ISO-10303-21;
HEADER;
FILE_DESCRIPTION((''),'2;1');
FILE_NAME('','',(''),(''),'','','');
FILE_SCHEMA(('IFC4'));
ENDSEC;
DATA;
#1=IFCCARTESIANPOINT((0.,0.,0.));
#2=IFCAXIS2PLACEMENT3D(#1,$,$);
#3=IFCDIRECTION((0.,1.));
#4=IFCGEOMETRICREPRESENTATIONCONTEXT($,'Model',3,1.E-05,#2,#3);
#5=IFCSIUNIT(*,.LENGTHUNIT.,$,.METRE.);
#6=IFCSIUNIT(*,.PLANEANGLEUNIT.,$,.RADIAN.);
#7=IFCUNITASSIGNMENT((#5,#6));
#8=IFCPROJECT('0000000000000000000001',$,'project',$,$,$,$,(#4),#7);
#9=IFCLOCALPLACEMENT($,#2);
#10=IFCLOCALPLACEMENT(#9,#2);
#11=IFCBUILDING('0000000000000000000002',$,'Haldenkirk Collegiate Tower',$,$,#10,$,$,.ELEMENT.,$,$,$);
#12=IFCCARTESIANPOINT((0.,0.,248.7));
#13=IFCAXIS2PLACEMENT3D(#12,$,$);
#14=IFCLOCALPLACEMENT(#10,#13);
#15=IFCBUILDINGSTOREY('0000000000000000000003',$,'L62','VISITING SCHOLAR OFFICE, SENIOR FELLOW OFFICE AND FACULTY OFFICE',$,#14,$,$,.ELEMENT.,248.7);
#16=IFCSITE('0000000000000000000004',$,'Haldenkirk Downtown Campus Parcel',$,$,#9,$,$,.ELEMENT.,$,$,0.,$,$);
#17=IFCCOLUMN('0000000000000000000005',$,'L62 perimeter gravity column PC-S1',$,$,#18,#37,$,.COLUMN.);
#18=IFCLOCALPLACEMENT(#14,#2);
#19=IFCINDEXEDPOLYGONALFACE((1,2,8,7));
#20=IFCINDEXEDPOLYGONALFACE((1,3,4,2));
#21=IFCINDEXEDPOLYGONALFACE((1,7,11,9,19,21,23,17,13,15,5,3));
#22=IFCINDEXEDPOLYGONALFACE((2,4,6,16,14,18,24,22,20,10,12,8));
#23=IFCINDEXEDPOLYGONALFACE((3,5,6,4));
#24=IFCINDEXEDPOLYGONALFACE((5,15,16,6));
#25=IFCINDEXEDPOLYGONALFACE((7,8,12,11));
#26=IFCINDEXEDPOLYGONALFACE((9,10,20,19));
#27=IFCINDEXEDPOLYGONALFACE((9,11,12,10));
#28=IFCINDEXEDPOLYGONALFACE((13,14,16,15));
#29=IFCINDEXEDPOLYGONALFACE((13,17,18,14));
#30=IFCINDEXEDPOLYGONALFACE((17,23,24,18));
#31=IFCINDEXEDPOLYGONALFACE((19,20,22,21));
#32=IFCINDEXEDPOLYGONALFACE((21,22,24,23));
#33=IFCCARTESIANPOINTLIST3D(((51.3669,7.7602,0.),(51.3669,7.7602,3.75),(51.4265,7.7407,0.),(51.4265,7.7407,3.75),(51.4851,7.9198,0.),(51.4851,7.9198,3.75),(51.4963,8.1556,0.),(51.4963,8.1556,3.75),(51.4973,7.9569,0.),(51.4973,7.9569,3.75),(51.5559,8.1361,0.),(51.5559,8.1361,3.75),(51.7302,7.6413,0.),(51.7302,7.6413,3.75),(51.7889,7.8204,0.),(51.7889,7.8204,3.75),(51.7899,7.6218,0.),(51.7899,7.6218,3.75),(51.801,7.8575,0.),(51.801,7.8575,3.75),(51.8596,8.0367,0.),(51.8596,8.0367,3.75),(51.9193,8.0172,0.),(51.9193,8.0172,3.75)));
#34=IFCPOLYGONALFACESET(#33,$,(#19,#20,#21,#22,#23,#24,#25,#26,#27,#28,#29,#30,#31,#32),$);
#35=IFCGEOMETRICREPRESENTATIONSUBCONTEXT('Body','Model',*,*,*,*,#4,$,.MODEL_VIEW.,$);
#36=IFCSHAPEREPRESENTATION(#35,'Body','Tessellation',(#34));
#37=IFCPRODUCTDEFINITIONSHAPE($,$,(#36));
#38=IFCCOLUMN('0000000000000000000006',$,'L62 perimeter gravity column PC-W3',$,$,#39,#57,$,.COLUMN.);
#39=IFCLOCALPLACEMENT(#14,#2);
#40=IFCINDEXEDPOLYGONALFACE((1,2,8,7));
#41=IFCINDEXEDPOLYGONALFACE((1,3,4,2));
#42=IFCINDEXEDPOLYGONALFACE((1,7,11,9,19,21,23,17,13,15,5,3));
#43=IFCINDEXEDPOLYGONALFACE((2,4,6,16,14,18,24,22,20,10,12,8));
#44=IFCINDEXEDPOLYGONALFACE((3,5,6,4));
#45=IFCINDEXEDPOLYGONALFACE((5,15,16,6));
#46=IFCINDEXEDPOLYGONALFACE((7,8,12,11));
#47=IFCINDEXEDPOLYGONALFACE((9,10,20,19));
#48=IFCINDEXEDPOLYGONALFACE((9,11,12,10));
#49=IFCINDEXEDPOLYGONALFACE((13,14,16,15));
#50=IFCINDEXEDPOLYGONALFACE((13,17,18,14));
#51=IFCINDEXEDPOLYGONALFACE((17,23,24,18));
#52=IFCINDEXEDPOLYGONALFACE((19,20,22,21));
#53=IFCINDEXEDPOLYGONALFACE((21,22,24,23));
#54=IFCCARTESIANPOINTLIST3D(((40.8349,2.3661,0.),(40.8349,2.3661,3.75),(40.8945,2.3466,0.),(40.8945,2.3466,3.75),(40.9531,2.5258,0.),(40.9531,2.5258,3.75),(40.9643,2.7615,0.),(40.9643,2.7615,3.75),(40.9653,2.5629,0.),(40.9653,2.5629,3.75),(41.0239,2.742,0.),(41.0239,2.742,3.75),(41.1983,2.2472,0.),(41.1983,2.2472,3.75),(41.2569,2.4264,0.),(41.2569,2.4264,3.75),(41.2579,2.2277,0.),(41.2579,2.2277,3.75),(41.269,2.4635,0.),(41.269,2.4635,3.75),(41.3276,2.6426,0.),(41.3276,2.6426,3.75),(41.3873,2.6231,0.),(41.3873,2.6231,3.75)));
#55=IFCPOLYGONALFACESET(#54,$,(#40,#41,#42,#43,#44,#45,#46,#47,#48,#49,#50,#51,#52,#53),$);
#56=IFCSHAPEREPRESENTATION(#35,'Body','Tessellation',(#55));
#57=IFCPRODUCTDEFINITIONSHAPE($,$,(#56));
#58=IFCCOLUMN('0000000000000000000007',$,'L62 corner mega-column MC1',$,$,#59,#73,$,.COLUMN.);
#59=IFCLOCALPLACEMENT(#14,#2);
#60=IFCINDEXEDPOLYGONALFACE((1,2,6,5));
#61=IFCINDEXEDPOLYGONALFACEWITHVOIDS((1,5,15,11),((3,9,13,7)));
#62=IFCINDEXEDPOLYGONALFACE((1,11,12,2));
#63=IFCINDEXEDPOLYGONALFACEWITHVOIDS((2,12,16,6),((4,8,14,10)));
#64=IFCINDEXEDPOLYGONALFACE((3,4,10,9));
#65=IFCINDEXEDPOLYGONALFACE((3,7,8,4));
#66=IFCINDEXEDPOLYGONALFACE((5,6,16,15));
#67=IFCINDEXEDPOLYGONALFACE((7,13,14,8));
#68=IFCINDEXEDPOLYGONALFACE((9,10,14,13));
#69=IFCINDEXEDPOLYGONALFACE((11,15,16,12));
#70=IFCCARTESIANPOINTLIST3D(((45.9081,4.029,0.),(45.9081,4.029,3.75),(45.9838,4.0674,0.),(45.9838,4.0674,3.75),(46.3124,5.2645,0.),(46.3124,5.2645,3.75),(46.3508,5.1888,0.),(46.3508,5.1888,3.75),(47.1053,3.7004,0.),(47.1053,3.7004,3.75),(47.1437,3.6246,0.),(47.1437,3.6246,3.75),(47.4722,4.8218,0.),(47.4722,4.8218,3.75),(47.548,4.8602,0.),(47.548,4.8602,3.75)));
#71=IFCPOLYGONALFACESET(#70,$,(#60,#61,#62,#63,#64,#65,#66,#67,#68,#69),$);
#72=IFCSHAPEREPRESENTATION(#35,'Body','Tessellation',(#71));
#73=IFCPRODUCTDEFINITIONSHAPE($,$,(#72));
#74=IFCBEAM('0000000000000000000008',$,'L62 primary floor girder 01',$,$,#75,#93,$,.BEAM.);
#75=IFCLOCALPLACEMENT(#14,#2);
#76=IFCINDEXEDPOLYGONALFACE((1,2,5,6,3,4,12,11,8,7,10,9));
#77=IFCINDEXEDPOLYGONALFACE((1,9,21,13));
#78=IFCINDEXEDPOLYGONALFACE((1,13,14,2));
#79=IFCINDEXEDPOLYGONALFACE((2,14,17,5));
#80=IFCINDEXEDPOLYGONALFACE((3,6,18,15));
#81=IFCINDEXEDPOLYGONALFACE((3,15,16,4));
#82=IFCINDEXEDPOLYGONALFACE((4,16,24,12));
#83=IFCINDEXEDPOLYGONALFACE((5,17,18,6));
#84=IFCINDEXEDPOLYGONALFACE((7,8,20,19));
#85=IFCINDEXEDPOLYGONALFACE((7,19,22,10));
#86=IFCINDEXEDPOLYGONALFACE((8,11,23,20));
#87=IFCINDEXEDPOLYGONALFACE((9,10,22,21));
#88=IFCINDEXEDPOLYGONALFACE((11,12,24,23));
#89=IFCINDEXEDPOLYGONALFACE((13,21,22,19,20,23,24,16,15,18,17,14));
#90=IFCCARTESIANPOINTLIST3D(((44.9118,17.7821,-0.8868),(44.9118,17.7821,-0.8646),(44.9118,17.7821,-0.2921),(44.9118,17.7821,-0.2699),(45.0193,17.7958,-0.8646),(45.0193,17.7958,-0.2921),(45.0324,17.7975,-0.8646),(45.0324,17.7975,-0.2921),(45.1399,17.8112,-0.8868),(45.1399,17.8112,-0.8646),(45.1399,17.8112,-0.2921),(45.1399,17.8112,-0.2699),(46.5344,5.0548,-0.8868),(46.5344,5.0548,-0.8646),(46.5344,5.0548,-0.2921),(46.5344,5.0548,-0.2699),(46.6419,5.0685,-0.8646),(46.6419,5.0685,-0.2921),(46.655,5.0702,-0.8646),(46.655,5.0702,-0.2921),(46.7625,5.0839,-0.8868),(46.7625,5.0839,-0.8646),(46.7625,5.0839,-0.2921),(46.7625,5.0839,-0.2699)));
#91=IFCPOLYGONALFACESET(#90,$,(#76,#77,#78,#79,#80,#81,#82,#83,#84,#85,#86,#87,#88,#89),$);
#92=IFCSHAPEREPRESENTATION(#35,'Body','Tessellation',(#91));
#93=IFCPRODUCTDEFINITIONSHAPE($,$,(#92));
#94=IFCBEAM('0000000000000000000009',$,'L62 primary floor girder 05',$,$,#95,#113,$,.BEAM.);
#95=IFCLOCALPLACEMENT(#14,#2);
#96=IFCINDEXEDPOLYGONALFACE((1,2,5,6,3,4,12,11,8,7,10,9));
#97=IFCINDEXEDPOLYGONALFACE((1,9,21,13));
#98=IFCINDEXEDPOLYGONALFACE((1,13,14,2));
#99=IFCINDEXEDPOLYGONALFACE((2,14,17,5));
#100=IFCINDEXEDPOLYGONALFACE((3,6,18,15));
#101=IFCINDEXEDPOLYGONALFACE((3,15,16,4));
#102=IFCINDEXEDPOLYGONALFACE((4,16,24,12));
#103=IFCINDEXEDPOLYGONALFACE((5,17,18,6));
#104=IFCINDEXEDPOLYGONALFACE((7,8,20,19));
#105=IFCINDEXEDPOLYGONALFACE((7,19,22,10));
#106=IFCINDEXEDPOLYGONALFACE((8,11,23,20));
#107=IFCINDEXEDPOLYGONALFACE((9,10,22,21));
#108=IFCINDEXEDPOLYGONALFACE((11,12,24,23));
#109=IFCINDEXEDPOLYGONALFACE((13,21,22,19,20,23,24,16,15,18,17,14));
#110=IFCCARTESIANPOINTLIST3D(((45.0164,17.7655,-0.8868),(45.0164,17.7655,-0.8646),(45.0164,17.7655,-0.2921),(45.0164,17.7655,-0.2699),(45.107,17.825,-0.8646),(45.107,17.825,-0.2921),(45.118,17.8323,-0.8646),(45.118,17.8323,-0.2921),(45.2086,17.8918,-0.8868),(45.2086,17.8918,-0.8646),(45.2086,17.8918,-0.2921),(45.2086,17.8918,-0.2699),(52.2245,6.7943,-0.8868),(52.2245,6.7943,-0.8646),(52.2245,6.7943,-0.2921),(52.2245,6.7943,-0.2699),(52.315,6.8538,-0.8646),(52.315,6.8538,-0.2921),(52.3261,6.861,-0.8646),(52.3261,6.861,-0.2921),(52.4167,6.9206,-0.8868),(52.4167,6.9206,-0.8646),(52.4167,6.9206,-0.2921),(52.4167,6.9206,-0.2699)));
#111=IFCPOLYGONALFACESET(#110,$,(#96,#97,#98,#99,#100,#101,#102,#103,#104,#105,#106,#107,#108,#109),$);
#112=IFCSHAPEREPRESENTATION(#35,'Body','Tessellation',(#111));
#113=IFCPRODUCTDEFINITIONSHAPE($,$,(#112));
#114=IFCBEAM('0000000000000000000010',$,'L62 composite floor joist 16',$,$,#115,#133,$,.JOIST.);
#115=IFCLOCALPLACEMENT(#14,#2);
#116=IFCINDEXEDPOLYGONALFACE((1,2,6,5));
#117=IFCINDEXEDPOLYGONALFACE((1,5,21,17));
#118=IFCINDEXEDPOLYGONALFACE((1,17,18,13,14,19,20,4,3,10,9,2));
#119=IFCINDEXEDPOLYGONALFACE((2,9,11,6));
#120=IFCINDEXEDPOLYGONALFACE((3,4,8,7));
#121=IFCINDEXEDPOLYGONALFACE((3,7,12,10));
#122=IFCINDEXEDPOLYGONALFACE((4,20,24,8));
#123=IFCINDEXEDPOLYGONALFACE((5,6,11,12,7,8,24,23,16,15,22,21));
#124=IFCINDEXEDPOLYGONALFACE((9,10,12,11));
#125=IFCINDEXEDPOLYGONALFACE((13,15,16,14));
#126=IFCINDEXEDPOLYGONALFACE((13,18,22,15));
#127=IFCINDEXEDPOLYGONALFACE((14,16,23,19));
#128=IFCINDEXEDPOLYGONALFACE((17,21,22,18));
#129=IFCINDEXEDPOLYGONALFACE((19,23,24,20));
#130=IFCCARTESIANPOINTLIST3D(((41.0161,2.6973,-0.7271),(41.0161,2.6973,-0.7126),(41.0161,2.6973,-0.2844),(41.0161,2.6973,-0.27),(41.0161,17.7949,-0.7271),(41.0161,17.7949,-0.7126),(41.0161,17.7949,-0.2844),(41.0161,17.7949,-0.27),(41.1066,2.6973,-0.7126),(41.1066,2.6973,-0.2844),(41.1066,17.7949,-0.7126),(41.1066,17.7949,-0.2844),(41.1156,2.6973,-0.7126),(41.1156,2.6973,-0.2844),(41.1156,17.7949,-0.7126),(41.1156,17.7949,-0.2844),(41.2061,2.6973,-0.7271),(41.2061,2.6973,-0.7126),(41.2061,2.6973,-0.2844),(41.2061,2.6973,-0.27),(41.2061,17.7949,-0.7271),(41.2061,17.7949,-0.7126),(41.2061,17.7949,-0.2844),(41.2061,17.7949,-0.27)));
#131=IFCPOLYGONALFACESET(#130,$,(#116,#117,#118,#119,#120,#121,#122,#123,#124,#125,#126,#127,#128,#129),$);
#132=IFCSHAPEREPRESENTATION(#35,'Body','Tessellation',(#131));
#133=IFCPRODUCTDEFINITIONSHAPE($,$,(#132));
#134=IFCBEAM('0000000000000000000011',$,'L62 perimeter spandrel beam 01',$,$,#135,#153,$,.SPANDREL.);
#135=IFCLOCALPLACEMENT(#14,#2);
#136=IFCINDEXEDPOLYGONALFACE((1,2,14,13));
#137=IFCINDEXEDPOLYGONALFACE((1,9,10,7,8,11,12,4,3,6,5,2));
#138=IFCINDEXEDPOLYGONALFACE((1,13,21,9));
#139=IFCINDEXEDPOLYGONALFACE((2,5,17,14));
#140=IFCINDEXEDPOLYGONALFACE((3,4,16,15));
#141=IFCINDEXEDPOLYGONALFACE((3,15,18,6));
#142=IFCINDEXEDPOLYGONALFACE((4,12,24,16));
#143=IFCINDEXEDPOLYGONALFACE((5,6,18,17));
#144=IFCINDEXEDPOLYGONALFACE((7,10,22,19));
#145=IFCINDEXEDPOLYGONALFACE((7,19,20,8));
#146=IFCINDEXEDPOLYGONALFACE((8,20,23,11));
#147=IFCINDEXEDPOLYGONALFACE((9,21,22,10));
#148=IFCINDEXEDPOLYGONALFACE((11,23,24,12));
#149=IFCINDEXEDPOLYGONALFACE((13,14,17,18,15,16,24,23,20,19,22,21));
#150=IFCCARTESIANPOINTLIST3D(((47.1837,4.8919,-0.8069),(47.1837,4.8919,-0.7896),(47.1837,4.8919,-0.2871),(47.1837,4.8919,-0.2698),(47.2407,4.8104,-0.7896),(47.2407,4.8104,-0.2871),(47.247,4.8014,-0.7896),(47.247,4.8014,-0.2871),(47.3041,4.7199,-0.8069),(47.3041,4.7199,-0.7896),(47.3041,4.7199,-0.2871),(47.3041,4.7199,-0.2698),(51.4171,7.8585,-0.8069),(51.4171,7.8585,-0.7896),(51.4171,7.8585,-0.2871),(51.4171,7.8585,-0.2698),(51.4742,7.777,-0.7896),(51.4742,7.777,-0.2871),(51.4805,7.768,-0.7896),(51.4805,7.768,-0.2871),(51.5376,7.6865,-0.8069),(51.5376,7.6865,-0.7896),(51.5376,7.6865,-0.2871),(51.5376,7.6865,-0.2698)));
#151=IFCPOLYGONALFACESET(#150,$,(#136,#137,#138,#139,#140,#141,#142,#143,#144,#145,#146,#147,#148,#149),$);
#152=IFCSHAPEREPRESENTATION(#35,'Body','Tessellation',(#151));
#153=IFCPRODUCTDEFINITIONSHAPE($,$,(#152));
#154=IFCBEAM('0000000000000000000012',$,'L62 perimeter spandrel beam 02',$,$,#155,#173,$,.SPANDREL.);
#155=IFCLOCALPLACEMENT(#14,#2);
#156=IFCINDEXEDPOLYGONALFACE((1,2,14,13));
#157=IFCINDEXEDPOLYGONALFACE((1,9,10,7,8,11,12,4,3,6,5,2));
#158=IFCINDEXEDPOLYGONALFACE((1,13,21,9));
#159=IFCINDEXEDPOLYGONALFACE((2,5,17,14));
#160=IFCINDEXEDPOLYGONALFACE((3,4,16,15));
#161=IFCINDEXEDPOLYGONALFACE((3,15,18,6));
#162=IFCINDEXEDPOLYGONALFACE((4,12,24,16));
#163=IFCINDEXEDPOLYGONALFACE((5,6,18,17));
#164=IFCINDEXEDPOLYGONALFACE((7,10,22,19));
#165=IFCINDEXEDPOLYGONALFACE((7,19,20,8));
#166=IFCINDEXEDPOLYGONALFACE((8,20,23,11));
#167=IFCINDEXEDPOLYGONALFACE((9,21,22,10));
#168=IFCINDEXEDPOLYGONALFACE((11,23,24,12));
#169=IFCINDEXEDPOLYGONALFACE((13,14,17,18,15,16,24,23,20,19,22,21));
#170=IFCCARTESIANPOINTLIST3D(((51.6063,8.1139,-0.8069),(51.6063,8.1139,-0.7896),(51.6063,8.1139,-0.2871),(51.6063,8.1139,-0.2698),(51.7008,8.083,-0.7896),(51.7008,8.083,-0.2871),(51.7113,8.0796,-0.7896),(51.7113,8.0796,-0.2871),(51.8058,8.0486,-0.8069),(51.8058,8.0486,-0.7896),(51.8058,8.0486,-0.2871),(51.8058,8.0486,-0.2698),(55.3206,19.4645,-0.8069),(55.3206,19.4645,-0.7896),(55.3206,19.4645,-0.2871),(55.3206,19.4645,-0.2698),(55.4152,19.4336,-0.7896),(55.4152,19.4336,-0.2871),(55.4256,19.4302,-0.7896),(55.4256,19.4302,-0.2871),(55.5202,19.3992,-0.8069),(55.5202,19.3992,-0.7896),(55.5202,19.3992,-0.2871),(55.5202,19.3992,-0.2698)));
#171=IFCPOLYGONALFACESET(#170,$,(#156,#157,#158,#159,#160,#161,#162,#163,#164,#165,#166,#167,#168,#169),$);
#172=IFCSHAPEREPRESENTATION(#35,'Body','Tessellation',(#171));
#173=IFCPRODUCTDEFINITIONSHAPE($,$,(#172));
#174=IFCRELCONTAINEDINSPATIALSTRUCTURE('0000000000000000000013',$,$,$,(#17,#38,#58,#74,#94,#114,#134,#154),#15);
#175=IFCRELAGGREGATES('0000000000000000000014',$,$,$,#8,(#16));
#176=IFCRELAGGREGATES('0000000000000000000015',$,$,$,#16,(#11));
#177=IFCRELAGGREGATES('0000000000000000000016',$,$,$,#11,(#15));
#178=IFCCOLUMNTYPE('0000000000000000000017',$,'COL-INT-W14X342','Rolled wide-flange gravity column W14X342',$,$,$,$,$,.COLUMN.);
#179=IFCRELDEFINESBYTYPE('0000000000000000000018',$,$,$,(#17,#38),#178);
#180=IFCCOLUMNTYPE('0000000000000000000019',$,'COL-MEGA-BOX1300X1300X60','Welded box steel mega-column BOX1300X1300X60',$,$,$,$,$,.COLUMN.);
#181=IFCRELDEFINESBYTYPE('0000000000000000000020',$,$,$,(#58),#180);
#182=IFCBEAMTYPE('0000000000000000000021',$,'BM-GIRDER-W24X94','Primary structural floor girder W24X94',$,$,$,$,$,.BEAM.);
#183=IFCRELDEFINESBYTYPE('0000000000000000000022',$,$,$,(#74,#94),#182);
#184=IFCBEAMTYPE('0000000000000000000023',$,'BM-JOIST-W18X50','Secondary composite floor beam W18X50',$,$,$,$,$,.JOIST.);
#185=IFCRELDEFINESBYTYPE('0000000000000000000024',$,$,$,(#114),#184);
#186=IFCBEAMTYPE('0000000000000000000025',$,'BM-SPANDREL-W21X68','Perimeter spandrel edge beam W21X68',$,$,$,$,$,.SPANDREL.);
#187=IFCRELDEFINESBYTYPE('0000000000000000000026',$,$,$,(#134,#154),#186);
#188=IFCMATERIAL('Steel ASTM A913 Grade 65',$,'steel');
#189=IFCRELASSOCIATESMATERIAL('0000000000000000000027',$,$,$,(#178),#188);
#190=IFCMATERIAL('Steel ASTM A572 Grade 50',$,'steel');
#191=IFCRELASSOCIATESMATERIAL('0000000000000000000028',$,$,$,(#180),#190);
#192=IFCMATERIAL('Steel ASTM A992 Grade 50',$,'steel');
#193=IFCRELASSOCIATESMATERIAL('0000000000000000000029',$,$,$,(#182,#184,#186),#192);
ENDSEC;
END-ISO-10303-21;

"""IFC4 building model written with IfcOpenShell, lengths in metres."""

from ifc_helpers import new_model, si_unit, direction, frame, origin, origin_2d, place, context, subcontext, project, spatial, hollow_rectangle, i_section, extrude, material, material_profile, profile_set, type_object, element, save


model = new_model("IFC4")

# Units and contexts
model_context = context("Model", 3, precision=1e-05, world=origin(), true_north=direction((0.0, 1.0)))
body_context = subcontext(model_context, "Body", "Model", "MODEL_VIEW")
ifc_project = project(units=[si_unit("LENGTHUNIT", "METRE"), si_unit("PLANEANGLEUNIT", "RADIAN")], contexts=[model_context])

# Site, building, storey
site_placement = place(None, origin())
site = spatial("IfcSite", under=ifc_project, at=site_placement, Name="Haldenkirk Downtown Campus Parcel", CompositionType="ELEMENT", RefElevation=0.0)
building_placement = place(site_placement, origin())
building = spatial("IfcBuilding", under=site, at=building_placement, Name="Haldenkirk Collegiate Tower", CompositionType="ELEMENT")
storey_placement = place(building_placement, frame((0.0, 0.0, 248.7)))
storey = spatial("IfcBuildingStorey", under=building, at=storey_placement, Name="L62", Description="VISITING SCHOLAR OFFICE, SENIOR FELLOW OFFICE AND FACULTY OFFICE", CompositionType="ELEMENT", Elevation=248.7)

# Columns
ifc_material_1 = material(Name="Steel ASTM A913 Grade 65", Category="steel")
ifc_material_profile_1 = material_profile(ifc_material_1, i_section(OverallWidth=0.416, OverallDepth=0.4451, WebThickness=0.0391, FlangeThickness=0.0627, at=origin_2d()), Name="W14X342")
ifc_profile_set_1 = profile_set([ifc_material_profile_1], Name="Steel ASTM A913 Grade 65")
column_type_1 = type_object("IfcColumnType", Name="COL-INT-W14X342", Description="Rolled wide-flange gravity column W14X342", PredefinedType="COLUMN", material=ifc_profile_set_1)
for number, where, z_axis, x_axis, name in (
    (1, (51.6431, 7.8887, 0.0), (0.0, 0.0, 1.0), (0.311008, 0.950407, 0.0), "L62 perimeter gravity column PC-S1"),
    (2, (41.1111, 2.4946, 0.0), (0.0, 0.0, 1.0), (0.311008, 0.950407, 0.0), "L62 perimeter gravity column PC-W3"),
):
    element("IfcColumn", number, at=place(storey_placement, frame(where, z_axis=z_axis, x_axis=x_axis)), inside=storey, type_object=column_type_1, Name=name, PredefinedType="COLUMN", context=body_context, shape_type="SweptSolid", body=[
        extrude(i_section(OverallWidth=0.416, OverallDepth=0.4451, WebThickness=0.0391, FlangeThickness=0.0627, at=origin_2d()), origin(), (0.0, 0.0, 1.0), 3.75),
    ])
ifc_material_2 = material(Name="Steel ASTM A572 Grade 50", Category="steel")
ifc_material_profile_2 = material_profile(ifc_material_2, hollow_rectangle(XDim=1.3, YDim=1.3, WallThickness=0.0601, at=origin_2d()), Name="BOX1300X1300X60")
ifc_profile_set_2 = profile_set([ifc_material_profile_2], Name="Steel ASTM A572 Grade 50")
column_type_2 = type_object("IfcColumnType", Name="COL-MEGA-BOX1300X1300X60", Description="Welded box steel mega-column BOX1300X1300X60", PredefinedType="COLUMN", material=ifc_profile_set_2)
column_placement = place(storey_placement, frame((46.728, 4.4446, 0.0), z_axis=(0.0, 0.0, 1.0), x_axis=(0.311008, 0.950407, 0.0)))
element("IfcColumn", 3, at=column_placement, inside=storey, type_object=column_type_2, Name="L62 corner mega-column MC1", PredefinedType="COLUMN", context=body_context, shape_type="SweptSolid", body=[
    extrude(hollow_rectangle(XDim=1.3, YDim=1.3, WallThickness=0.0601, at=origin_2d()), origin(), (0.0, 0.0, 1.0), 3.75),
])

# Beams
ifc_material_3 = material(Name="Steel ASTM A992 Grade 50", Category="steel")
ifc_material_profile_3 = material_profile(ifc_material_3, i_section(OverallWidth=0.23, OverallDepth=0.6169, WebThickness=0.0132, FlangeThickness=0.0222, at=origin_2d()), Name="W24X94")
ifc_profile_set_3 = profile_set([ifc_material_profile_3], Name="Steel ASTM A992 Grade 50")
beam_type_1 = type_object("IfcBeamType", Name="BM-GIRDER-W24X94", Description="Primary structural floor girder W24X94", PredefinedType="BEAM", material=ifc_profile_set_3)
beam_1_placement = place(storey_placement, frame((46.6484, 5.0693, -0.5784), z_axis=(-0.126463, 0.991971, 0.0), x_axis=(-0.991971, -0.126463, 0.0)))
element("IfcBeam", 4, at=beam_1_placement, inside=storey, type_object=beam_type_1, Name="L62 primary floor girder 01", PredefinedType="BEAM", context=body_context, shape_type="SweptSolid", body=[
    extrude(i_section(OverallWidth=0.23, OverallDepth=0.6169, WebThickness=0.0132, FlangeThickness=0.0222, at=origin_2d()), origin(), (0.0, 0.0, 1.0), 12.8303),
])
beam_2_placement = place(storey_placement, frame((52.3206, 6.8574, -0.5784), z_axis=(-0.549091, 0.835763, 0.0), x_axis=(-0.835763, -0.549091, 0.0)))
element("IfcBeam", 5, at=beam_2_placement, inside=storey, type_object=beam_type_1, Name="L62 primary floor girder 05", PredefinedType="BEAM", context=body_context, shape_type="SweptSolid", body=[
    extrude(i_section(OverallWidth=0.23, OverallDepth=0.6169, WebThickness=0.0132, FlangeThickness=0.0222, at=origin_2d()), origin(), (0.0, 0.0, 1.0), 13.1272),
])
ifc_material_profile_4 = material_profile(ifc_material_3, i_section(OverallWidth=0.1899, OverallDepth=0.457, WebThickness=0.009, FlangeThickness=0.0144, at=origin_2d()), Name="W18X50")
ifc_profile_set_4 = profile_set([ifc_material_profile_4], Name="Steel ASTM A992 Grade 50")
beam_type_2 = type_object("IfcBeamType", Name="BM-JOIST-W18X50", Description="Secondary composite floor beam W18X50", PredefinedType="JOIST", material=ifc_profile_set_4)
beam_3_placement = place(storey_placement, frame((41.1111, 2.6973, -0.4985), z_axis=(0.0, 1.0, 0.0), x_axis=(-1.0, 0.0, 0.0)))
element("IfcBeam", 6, at=beam_3_placement, inside=storey, type_object=beam_type_2, Name="L62 composite floor joist 16", PredefinedType="JOIST", context=body_context, shape_type="SweptSolid", body=[
    extrude(i_section(OverallWidth=0.1899, OverallDepth=0.457, WebThickness=0.009, FlangeThickness=0.0144, at=origin_2d()), origin(), (0.0, 0.0, 1.0), 15.0977),
])
ifc_material_profile_5 = material_profile(ifc_material_3, i_section(OverallWidth=0.21, OverallDepth=0.5371, WebThickness=0.011, FlangeThickness=0.0173, at=origin_2d()), Name="W21X68")
ifc_profile_set_5 = profile_set([ifc_material_profile_5], Name="Steel ASTM A992 Grade 50")
beam_type_3 = type_object("IfcBeamType", Name="BM-SPANDREL-W21X68", Description="Perimeter spandrel edge beam W21X68", PredefinedType="SPANDREL", material=ifc_profile_set_5)
beam_4_placement = place(storey_placement, frame((47.2439, 4.8059, -0.5383), z_axis=(0.818943, 0.573874, 0.0), x_axis=(-0.573874, 0.818943, 0.0)))
element("IfcBeam", 7, at=beam_4_placement, inside=storey, type_object=beam_type_3, Name="L62 perimeter spandrel beam 01", PredefinedType="SPANDREL", context=body_context, shape_type="SweptSolid", body=[
    extrude(i_section(OverallWidth=0.21, OverallDepth=0.5371, WebThickness=0.011, FlangeThickness=0.0173, at=origin_2d()), origin(), (0.0, 0.0, 1.0), 5.1694),
])
beam_5_placement = place(storey_placement, frame((51.7061, 8.0813, -0.5383), z_axis=(0.31101, 0.950407, 0.0), x_axis=(-0.950407, 0.31101, 0.0)))
element("IfcBeam", 8, at=beam_5_placement, inside=storey, type_object=beam_type_3, Name="L62 perimeter spandrel beam 02", PredefinedType="SPANDREL", context=body_context, shape_type="SweptSolid", body=[
    extrude(i_section(OverallWidth=0.21, OverallDepth=0.5371, WebThickness=0.011, FlangeThickness=0.0173, at=origin_2d()), origin(), (0.0, 0.0, 1.0), 11.9429),
])

save(model, "model.ifc")
